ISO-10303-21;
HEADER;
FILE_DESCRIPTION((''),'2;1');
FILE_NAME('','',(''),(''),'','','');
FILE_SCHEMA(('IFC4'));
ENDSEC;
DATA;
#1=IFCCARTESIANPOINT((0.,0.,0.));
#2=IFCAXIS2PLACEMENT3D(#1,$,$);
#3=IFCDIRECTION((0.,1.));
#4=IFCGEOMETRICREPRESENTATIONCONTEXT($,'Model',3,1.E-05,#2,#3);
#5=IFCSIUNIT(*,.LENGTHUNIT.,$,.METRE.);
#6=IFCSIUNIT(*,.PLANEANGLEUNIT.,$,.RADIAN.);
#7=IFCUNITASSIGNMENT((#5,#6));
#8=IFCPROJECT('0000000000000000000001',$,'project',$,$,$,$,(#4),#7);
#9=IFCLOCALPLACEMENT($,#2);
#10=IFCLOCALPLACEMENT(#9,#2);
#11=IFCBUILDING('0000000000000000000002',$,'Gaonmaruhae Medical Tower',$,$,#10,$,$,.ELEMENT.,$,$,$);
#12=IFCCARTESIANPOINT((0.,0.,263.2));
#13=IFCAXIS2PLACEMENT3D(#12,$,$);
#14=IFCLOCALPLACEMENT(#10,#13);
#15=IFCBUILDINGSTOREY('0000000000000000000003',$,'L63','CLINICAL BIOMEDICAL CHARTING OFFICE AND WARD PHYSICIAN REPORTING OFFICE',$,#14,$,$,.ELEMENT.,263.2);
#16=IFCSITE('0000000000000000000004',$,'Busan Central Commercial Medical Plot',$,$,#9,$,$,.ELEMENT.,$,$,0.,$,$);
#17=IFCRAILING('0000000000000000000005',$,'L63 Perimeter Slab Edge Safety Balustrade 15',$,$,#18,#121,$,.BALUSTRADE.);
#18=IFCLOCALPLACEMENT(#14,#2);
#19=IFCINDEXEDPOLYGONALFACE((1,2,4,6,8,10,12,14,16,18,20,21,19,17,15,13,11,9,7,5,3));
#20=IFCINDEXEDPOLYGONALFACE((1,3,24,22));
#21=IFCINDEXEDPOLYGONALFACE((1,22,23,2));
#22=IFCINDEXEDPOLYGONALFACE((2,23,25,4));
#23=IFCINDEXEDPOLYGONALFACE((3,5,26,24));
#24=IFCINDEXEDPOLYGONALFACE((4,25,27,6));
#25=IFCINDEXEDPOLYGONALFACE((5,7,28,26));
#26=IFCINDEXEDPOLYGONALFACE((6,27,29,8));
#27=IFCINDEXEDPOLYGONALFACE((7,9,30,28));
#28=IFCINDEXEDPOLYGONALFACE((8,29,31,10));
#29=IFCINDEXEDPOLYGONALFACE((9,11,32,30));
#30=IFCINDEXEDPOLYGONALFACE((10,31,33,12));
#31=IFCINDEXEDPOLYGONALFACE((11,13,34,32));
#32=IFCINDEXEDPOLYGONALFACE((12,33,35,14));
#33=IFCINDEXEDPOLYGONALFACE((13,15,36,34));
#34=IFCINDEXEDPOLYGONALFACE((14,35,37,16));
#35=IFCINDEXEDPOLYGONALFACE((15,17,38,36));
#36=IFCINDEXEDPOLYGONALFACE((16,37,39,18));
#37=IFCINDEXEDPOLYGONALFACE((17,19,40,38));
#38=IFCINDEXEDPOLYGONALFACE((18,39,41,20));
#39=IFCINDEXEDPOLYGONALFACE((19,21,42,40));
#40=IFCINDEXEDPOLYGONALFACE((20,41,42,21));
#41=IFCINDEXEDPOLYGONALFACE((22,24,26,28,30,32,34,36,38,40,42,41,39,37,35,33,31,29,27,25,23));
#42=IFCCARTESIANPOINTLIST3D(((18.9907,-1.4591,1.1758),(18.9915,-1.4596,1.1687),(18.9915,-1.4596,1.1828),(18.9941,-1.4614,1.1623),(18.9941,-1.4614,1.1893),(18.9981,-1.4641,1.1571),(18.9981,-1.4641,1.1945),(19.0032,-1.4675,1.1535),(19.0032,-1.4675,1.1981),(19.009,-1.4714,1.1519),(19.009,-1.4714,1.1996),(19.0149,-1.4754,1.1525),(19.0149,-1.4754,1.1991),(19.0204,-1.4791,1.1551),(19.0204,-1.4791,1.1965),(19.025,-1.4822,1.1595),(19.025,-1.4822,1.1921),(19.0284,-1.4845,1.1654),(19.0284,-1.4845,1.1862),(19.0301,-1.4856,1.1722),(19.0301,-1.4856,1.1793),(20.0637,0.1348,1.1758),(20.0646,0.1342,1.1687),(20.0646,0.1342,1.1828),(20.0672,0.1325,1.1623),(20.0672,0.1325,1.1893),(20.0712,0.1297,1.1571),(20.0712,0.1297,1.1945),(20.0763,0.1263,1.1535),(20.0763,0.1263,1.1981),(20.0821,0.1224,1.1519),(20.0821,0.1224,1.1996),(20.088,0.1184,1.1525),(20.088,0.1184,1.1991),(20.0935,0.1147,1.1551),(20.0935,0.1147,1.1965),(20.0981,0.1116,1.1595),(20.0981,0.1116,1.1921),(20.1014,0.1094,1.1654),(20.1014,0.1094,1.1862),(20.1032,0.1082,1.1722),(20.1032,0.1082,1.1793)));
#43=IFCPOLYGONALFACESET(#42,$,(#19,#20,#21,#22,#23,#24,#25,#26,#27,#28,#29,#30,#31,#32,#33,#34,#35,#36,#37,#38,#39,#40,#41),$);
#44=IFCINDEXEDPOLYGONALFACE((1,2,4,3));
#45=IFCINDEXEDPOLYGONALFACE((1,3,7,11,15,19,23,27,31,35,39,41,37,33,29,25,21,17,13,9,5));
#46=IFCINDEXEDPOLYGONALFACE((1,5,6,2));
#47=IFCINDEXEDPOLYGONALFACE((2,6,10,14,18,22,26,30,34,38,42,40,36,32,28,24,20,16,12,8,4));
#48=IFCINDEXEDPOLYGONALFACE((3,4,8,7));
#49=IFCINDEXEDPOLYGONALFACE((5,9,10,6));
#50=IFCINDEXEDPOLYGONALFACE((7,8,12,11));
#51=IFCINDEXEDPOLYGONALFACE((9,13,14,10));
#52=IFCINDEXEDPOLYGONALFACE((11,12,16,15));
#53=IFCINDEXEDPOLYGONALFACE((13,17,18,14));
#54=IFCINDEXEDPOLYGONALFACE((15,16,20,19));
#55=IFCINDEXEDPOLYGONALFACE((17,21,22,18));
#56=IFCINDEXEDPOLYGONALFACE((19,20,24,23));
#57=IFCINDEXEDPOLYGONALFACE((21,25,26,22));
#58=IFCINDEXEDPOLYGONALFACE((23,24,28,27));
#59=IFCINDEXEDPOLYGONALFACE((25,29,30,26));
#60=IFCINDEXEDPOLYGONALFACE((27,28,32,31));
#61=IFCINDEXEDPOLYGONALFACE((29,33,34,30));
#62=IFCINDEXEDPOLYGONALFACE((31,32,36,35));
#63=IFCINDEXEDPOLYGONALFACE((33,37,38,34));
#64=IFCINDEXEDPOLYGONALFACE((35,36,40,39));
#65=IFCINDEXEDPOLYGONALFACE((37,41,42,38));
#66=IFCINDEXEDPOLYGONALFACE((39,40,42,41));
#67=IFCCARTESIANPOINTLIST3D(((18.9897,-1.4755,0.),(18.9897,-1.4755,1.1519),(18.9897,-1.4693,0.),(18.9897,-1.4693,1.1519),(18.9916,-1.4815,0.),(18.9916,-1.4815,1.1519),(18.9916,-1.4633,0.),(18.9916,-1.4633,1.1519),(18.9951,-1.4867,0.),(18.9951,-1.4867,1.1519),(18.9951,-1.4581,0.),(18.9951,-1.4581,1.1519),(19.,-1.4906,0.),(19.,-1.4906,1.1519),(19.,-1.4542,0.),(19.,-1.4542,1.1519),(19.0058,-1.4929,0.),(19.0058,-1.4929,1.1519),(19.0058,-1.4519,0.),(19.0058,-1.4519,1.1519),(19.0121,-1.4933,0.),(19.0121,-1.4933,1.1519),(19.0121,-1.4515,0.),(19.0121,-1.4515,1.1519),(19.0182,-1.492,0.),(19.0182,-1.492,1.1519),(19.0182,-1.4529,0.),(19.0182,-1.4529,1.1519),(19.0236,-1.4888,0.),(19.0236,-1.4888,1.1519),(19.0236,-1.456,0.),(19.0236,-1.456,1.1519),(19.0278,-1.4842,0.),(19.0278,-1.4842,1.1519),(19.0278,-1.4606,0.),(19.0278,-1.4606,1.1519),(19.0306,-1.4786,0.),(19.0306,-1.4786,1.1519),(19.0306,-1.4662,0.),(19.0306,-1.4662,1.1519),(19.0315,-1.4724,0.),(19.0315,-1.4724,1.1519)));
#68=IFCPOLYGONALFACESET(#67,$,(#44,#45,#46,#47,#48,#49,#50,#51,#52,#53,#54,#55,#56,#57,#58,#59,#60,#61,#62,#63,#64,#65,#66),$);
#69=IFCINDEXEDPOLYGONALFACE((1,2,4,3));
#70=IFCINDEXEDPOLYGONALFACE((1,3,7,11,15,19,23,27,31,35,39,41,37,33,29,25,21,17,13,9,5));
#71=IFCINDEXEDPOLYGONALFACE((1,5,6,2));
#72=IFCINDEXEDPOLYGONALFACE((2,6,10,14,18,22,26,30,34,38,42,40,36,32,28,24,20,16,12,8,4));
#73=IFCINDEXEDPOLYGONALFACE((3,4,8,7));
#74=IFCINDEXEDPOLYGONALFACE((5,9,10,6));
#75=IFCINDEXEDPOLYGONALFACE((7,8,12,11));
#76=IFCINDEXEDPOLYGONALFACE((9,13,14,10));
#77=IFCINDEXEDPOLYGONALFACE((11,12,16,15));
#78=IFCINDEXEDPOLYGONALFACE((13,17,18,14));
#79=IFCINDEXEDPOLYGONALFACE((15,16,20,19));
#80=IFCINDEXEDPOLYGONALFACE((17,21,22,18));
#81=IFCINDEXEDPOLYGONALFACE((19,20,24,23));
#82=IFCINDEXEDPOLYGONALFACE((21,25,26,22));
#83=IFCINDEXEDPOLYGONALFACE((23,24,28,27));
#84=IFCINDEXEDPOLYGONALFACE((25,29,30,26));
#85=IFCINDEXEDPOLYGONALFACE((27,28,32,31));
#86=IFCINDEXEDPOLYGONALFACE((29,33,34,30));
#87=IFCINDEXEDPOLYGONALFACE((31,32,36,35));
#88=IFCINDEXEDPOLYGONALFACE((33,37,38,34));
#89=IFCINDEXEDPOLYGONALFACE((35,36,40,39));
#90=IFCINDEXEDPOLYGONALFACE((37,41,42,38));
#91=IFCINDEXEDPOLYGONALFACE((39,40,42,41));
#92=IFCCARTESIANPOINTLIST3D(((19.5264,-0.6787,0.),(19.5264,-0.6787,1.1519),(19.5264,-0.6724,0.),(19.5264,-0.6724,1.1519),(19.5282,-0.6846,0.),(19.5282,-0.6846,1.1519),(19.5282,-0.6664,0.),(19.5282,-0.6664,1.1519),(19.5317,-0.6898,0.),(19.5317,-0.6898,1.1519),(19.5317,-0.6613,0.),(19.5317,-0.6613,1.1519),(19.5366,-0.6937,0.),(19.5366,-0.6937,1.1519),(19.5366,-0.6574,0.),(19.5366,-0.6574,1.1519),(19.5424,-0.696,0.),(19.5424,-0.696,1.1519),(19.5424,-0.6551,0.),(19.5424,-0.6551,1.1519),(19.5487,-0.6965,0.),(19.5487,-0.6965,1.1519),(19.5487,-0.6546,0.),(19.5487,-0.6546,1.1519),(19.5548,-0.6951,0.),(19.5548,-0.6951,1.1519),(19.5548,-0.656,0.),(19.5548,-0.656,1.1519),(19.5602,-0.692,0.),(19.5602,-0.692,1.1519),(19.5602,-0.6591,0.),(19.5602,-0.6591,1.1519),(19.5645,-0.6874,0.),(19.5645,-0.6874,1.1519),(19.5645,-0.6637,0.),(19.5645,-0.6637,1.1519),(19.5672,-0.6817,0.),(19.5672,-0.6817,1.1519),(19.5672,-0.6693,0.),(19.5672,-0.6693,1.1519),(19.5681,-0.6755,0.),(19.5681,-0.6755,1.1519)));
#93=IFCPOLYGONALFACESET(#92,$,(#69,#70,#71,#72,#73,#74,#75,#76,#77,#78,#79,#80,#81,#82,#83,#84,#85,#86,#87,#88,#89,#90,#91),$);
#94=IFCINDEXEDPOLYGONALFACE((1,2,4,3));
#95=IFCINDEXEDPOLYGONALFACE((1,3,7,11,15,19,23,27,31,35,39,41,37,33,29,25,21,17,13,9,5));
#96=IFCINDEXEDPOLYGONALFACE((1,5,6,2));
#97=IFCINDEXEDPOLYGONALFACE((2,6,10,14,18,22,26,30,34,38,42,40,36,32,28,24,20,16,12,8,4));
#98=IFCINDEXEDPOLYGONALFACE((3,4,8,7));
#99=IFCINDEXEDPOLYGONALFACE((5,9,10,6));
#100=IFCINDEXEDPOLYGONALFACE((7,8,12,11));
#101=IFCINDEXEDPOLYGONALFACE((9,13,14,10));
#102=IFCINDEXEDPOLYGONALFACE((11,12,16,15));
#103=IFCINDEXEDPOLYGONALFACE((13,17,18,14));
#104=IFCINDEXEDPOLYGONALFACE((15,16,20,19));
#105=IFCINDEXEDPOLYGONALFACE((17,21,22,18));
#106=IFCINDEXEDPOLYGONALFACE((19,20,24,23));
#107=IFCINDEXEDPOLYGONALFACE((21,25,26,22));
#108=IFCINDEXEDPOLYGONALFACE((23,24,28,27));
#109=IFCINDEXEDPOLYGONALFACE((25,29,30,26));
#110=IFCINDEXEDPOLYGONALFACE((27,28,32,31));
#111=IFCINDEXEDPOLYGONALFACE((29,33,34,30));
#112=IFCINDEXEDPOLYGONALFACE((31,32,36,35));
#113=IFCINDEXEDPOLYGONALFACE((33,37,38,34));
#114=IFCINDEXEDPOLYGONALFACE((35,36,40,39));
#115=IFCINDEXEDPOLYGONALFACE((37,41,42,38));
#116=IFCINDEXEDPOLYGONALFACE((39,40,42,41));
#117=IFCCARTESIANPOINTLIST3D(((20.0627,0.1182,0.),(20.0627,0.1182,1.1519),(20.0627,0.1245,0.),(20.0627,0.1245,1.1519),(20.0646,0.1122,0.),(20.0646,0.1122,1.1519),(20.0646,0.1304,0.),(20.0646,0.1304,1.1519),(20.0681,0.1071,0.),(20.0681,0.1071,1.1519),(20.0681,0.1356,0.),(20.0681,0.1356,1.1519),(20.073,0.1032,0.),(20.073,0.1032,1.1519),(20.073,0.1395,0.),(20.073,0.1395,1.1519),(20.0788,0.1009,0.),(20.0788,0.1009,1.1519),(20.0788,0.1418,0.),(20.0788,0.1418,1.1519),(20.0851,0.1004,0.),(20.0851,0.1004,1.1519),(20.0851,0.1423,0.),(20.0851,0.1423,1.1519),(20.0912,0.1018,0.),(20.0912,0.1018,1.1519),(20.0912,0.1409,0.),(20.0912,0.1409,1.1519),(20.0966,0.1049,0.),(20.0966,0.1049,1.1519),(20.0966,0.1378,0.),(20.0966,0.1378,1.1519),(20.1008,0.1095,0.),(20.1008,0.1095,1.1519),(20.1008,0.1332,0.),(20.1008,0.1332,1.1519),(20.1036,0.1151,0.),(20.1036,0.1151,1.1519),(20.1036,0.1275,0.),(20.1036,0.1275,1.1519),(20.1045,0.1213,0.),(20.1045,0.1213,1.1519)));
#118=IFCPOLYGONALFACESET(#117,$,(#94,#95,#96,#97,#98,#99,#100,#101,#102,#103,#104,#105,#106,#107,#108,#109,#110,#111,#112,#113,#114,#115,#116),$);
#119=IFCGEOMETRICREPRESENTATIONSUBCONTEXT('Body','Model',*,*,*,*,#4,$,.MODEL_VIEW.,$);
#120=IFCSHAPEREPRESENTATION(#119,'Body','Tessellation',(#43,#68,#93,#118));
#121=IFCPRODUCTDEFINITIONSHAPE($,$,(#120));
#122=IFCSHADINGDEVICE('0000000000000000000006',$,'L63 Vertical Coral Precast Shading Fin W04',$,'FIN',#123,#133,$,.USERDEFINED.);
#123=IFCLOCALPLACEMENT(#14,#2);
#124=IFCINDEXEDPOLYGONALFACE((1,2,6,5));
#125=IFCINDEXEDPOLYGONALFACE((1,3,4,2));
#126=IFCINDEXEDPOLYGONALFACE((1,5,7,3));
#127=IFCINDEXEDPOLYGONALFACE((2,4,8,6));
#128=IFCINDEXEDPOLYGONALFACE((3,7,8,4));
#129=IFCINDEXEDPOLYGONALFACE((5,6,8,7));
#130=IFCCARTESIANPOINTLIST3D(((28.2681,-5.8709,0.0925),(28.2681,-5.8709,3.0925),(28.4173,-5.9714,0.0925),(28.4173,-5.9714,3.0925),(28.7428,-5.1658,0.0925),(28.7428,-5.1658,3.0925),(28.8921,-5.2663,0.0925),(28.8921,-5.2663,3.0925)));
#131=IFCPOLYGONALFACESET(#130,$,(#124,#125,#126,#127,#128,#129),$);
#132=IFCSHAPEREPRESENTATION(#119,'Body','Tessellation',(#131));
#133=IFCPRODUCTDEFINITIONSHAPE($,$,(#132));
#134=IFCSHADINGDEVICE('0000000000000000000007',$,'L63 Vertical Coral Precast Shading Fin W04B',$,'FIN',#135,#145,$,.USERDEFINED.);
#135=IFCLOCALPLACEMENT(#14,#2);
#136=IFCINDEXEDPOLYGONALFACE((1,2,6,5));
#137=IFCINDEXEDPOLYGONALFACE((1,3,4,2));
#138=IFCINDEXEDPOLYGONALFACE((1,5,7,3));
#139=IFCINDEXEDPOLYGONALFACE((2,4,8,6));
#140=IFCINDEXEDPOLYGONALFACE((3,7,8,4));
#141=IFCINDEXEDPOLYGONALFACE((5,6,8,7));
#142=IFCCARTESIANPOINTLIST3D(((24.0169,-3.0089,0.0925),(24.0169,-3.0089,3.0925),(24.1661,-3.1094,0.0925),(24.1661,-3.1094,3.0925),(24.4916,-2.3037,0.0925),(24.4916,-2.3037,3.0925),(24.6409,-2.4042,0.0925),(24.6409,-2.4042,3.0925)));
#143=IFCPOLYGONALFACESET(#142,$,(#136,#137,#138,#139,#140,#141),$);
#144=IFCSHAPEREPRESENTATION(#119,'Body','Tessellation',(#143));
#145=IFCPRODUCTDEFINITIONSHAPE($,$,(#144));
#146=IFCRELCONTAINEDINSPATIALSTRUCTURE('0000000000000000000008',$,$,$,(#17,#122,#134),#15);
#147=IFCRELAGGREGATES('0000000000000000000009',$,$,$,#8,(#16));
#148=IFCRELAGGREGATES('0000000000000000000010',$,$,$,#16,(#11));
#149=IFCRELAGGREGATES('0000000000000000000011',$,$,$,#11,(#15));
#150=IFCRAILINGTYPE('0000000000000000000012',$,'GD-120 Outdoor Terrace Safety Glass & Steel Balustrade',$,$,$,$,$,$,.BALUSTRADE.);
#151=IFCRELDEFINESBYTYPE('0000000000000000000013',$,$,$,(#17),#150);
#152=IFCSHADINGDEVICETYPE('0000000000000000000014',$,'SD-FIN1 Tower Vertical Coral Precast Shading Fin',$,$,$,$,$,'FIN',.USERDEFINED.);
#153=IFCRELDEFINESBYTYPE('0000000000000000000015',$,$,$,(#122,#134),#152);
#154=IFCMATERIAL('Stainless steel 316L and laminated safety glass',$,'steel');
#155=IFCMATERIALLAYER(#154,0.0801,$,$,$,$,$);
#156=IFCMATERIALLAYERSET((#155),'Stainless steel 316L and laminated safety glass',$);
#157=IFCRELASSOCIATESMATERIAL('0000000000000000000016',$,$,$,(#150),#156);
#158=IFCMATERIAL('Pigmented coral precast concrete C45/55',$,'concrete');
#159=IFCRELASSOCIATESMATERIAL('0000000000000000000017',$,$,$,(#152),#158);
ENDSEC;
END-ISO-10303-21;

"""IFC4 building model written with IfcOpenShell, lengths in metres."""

from ifc_helpers import new_model, si_unit, direction, frame, origin, origin_2d, place, context, subcontext, project, spatial, rectangle, circle, extrude, material, layer, layer_set, type_object, element, save


model = new_model("IFC4")

# Units and contexts
model_context = context("Model", 3, precision=1e-05, world=origin(), true_north=direction((0.0, 1.0)))
body_context = subcontext(model_context, "Body", "Model", "MODEL_VIEW")
ifc_project = project(units=[si_unit("LENGTHUNIT", "METRE"), si_unit("PLANEANGLEUNIT", "RADIAN")], contexts=[model_context])

# Site, building, storey
site_placement = place(None, origin())
site = spatial("IfcSite", under=ifc_project, at=site_placement, Name="Busan Central Commercial Medical Plot", CompositionType="ELEMENT", RefElevation=0.0)
building_placement = place(site_placement, origin())
building = spatial("IfcBuilding", under=site, at=building_placement, Name="Gaonmaruhae Medical Tower", CompositionType="ELEMENT")
storey_placement = place(building_placement, frame((0.0, 0.0, 263.2)))
storey = spatial("IfcBuildingStorey", under=building, at=storey_placement, Name="L63", Description="CLINICAL BIOMEDICAL CHARTING OFFICE AND WARD PHYSICIAN REPORTING OFFICE", CompositionType="ELEMENT", Elevation=263.2)

# Railing
ifc_material_1 = material(Name="Stainless steel 316L and laminated safety glass", Category="steel")
ifc_layer_1 = layer(ifc_material_1, 0.0801)
ifc_layer_set_1 = layer_set([ifc_layer_1], Name="Stainless steel 316L and laminated safety glass")
railing_type = type_object("IfcRailingType", Name="GD-120 Outdoor Terrace Safety Glass & Steel Balustrade", PredefinedType="BALUSTRADE", material=ifc_layer_set_1)
railing_1_placement = place(storey_placement, frame((19.0105, -1.4724, 0.0)))
element("IfcRailing", 1, at=railing_1_placement, inside=storey, type_object=railing_type, Name="L63 Perimeter Slab Edge Safety Balustrade 15", PredefinedType="BALUSTRADE", context=body_context, shape_type="SweptSolid", body=[
    extrude(circle(Radius=0.0239, at=origin_2d()), frame((0.0, 0.0, 1.1758), z_axis=(0.558477, 0.82952, 0.0), x_axis=(-0.82952, 0.558477, 0.0)), (0.0, 0.0, 1.0), 1.9214),
    extrude(circle(Radius=0.021, at=origin_2d()), origin(), (0.0, 0.0, 1.0), 1.1519),
    extrude(circle(Radius=0.021, at=origin_2d()), frame((0.5366, 0.7969, 0.0)), (0.0, 0.0, 1.0), 1.1519),
    extrude(circle(Radius=0.021, at=origin_2d()), frame((1.073, 1.5938, 0.0)), (0.0, 0.0, 1.0), 1.1519),
])

# Shading devices
ifc_material_2 = material(Name="Pigmented coral precast concrete C45/55", Category="concrete")
shading_device_type = type_object("IfcShadingDeviceType", Name="SD-FIN1 Tower Vertical Coral Precast Shading Fin", ElementType="FIN", PredefinedType="USERDEFINED", material=ifc_material_2)
for number, where, z_axis, x_axis, name in (
    (2, (28.5801, -5.5686, 0.0925), (0.0, 0.0, 1.0), (-0.829525, 0.558469, 0.0), "L63 Vertical Coral Precast Shading Fin W04"),
    (3, (24.3289, -2.7065, 0.0925), (0.0, 0.0, 1.0), (-0.829525, 0.558469, 0.0), "L63 Vertical Coral Precast Shading Fin W04B"),
):
    element("IfcShadingDevice", number, at=place(storey_placement, frame(where, z_axis=z_axis, x_axis=x_axis)), inside=storey, type_object=shading_device_type, Name=name, ObjectType="FIN", PredefinedType="USERDEFINED", context=body_context, shape_type="SweptSolid", body=[
        extrude(rectangle(XDim=0.1799, YDim=0.8501, at=origin_2d()), origin(), (0.0, 0.0, 1.0), 3.0),
    ])

save(model, "model.ifc")
